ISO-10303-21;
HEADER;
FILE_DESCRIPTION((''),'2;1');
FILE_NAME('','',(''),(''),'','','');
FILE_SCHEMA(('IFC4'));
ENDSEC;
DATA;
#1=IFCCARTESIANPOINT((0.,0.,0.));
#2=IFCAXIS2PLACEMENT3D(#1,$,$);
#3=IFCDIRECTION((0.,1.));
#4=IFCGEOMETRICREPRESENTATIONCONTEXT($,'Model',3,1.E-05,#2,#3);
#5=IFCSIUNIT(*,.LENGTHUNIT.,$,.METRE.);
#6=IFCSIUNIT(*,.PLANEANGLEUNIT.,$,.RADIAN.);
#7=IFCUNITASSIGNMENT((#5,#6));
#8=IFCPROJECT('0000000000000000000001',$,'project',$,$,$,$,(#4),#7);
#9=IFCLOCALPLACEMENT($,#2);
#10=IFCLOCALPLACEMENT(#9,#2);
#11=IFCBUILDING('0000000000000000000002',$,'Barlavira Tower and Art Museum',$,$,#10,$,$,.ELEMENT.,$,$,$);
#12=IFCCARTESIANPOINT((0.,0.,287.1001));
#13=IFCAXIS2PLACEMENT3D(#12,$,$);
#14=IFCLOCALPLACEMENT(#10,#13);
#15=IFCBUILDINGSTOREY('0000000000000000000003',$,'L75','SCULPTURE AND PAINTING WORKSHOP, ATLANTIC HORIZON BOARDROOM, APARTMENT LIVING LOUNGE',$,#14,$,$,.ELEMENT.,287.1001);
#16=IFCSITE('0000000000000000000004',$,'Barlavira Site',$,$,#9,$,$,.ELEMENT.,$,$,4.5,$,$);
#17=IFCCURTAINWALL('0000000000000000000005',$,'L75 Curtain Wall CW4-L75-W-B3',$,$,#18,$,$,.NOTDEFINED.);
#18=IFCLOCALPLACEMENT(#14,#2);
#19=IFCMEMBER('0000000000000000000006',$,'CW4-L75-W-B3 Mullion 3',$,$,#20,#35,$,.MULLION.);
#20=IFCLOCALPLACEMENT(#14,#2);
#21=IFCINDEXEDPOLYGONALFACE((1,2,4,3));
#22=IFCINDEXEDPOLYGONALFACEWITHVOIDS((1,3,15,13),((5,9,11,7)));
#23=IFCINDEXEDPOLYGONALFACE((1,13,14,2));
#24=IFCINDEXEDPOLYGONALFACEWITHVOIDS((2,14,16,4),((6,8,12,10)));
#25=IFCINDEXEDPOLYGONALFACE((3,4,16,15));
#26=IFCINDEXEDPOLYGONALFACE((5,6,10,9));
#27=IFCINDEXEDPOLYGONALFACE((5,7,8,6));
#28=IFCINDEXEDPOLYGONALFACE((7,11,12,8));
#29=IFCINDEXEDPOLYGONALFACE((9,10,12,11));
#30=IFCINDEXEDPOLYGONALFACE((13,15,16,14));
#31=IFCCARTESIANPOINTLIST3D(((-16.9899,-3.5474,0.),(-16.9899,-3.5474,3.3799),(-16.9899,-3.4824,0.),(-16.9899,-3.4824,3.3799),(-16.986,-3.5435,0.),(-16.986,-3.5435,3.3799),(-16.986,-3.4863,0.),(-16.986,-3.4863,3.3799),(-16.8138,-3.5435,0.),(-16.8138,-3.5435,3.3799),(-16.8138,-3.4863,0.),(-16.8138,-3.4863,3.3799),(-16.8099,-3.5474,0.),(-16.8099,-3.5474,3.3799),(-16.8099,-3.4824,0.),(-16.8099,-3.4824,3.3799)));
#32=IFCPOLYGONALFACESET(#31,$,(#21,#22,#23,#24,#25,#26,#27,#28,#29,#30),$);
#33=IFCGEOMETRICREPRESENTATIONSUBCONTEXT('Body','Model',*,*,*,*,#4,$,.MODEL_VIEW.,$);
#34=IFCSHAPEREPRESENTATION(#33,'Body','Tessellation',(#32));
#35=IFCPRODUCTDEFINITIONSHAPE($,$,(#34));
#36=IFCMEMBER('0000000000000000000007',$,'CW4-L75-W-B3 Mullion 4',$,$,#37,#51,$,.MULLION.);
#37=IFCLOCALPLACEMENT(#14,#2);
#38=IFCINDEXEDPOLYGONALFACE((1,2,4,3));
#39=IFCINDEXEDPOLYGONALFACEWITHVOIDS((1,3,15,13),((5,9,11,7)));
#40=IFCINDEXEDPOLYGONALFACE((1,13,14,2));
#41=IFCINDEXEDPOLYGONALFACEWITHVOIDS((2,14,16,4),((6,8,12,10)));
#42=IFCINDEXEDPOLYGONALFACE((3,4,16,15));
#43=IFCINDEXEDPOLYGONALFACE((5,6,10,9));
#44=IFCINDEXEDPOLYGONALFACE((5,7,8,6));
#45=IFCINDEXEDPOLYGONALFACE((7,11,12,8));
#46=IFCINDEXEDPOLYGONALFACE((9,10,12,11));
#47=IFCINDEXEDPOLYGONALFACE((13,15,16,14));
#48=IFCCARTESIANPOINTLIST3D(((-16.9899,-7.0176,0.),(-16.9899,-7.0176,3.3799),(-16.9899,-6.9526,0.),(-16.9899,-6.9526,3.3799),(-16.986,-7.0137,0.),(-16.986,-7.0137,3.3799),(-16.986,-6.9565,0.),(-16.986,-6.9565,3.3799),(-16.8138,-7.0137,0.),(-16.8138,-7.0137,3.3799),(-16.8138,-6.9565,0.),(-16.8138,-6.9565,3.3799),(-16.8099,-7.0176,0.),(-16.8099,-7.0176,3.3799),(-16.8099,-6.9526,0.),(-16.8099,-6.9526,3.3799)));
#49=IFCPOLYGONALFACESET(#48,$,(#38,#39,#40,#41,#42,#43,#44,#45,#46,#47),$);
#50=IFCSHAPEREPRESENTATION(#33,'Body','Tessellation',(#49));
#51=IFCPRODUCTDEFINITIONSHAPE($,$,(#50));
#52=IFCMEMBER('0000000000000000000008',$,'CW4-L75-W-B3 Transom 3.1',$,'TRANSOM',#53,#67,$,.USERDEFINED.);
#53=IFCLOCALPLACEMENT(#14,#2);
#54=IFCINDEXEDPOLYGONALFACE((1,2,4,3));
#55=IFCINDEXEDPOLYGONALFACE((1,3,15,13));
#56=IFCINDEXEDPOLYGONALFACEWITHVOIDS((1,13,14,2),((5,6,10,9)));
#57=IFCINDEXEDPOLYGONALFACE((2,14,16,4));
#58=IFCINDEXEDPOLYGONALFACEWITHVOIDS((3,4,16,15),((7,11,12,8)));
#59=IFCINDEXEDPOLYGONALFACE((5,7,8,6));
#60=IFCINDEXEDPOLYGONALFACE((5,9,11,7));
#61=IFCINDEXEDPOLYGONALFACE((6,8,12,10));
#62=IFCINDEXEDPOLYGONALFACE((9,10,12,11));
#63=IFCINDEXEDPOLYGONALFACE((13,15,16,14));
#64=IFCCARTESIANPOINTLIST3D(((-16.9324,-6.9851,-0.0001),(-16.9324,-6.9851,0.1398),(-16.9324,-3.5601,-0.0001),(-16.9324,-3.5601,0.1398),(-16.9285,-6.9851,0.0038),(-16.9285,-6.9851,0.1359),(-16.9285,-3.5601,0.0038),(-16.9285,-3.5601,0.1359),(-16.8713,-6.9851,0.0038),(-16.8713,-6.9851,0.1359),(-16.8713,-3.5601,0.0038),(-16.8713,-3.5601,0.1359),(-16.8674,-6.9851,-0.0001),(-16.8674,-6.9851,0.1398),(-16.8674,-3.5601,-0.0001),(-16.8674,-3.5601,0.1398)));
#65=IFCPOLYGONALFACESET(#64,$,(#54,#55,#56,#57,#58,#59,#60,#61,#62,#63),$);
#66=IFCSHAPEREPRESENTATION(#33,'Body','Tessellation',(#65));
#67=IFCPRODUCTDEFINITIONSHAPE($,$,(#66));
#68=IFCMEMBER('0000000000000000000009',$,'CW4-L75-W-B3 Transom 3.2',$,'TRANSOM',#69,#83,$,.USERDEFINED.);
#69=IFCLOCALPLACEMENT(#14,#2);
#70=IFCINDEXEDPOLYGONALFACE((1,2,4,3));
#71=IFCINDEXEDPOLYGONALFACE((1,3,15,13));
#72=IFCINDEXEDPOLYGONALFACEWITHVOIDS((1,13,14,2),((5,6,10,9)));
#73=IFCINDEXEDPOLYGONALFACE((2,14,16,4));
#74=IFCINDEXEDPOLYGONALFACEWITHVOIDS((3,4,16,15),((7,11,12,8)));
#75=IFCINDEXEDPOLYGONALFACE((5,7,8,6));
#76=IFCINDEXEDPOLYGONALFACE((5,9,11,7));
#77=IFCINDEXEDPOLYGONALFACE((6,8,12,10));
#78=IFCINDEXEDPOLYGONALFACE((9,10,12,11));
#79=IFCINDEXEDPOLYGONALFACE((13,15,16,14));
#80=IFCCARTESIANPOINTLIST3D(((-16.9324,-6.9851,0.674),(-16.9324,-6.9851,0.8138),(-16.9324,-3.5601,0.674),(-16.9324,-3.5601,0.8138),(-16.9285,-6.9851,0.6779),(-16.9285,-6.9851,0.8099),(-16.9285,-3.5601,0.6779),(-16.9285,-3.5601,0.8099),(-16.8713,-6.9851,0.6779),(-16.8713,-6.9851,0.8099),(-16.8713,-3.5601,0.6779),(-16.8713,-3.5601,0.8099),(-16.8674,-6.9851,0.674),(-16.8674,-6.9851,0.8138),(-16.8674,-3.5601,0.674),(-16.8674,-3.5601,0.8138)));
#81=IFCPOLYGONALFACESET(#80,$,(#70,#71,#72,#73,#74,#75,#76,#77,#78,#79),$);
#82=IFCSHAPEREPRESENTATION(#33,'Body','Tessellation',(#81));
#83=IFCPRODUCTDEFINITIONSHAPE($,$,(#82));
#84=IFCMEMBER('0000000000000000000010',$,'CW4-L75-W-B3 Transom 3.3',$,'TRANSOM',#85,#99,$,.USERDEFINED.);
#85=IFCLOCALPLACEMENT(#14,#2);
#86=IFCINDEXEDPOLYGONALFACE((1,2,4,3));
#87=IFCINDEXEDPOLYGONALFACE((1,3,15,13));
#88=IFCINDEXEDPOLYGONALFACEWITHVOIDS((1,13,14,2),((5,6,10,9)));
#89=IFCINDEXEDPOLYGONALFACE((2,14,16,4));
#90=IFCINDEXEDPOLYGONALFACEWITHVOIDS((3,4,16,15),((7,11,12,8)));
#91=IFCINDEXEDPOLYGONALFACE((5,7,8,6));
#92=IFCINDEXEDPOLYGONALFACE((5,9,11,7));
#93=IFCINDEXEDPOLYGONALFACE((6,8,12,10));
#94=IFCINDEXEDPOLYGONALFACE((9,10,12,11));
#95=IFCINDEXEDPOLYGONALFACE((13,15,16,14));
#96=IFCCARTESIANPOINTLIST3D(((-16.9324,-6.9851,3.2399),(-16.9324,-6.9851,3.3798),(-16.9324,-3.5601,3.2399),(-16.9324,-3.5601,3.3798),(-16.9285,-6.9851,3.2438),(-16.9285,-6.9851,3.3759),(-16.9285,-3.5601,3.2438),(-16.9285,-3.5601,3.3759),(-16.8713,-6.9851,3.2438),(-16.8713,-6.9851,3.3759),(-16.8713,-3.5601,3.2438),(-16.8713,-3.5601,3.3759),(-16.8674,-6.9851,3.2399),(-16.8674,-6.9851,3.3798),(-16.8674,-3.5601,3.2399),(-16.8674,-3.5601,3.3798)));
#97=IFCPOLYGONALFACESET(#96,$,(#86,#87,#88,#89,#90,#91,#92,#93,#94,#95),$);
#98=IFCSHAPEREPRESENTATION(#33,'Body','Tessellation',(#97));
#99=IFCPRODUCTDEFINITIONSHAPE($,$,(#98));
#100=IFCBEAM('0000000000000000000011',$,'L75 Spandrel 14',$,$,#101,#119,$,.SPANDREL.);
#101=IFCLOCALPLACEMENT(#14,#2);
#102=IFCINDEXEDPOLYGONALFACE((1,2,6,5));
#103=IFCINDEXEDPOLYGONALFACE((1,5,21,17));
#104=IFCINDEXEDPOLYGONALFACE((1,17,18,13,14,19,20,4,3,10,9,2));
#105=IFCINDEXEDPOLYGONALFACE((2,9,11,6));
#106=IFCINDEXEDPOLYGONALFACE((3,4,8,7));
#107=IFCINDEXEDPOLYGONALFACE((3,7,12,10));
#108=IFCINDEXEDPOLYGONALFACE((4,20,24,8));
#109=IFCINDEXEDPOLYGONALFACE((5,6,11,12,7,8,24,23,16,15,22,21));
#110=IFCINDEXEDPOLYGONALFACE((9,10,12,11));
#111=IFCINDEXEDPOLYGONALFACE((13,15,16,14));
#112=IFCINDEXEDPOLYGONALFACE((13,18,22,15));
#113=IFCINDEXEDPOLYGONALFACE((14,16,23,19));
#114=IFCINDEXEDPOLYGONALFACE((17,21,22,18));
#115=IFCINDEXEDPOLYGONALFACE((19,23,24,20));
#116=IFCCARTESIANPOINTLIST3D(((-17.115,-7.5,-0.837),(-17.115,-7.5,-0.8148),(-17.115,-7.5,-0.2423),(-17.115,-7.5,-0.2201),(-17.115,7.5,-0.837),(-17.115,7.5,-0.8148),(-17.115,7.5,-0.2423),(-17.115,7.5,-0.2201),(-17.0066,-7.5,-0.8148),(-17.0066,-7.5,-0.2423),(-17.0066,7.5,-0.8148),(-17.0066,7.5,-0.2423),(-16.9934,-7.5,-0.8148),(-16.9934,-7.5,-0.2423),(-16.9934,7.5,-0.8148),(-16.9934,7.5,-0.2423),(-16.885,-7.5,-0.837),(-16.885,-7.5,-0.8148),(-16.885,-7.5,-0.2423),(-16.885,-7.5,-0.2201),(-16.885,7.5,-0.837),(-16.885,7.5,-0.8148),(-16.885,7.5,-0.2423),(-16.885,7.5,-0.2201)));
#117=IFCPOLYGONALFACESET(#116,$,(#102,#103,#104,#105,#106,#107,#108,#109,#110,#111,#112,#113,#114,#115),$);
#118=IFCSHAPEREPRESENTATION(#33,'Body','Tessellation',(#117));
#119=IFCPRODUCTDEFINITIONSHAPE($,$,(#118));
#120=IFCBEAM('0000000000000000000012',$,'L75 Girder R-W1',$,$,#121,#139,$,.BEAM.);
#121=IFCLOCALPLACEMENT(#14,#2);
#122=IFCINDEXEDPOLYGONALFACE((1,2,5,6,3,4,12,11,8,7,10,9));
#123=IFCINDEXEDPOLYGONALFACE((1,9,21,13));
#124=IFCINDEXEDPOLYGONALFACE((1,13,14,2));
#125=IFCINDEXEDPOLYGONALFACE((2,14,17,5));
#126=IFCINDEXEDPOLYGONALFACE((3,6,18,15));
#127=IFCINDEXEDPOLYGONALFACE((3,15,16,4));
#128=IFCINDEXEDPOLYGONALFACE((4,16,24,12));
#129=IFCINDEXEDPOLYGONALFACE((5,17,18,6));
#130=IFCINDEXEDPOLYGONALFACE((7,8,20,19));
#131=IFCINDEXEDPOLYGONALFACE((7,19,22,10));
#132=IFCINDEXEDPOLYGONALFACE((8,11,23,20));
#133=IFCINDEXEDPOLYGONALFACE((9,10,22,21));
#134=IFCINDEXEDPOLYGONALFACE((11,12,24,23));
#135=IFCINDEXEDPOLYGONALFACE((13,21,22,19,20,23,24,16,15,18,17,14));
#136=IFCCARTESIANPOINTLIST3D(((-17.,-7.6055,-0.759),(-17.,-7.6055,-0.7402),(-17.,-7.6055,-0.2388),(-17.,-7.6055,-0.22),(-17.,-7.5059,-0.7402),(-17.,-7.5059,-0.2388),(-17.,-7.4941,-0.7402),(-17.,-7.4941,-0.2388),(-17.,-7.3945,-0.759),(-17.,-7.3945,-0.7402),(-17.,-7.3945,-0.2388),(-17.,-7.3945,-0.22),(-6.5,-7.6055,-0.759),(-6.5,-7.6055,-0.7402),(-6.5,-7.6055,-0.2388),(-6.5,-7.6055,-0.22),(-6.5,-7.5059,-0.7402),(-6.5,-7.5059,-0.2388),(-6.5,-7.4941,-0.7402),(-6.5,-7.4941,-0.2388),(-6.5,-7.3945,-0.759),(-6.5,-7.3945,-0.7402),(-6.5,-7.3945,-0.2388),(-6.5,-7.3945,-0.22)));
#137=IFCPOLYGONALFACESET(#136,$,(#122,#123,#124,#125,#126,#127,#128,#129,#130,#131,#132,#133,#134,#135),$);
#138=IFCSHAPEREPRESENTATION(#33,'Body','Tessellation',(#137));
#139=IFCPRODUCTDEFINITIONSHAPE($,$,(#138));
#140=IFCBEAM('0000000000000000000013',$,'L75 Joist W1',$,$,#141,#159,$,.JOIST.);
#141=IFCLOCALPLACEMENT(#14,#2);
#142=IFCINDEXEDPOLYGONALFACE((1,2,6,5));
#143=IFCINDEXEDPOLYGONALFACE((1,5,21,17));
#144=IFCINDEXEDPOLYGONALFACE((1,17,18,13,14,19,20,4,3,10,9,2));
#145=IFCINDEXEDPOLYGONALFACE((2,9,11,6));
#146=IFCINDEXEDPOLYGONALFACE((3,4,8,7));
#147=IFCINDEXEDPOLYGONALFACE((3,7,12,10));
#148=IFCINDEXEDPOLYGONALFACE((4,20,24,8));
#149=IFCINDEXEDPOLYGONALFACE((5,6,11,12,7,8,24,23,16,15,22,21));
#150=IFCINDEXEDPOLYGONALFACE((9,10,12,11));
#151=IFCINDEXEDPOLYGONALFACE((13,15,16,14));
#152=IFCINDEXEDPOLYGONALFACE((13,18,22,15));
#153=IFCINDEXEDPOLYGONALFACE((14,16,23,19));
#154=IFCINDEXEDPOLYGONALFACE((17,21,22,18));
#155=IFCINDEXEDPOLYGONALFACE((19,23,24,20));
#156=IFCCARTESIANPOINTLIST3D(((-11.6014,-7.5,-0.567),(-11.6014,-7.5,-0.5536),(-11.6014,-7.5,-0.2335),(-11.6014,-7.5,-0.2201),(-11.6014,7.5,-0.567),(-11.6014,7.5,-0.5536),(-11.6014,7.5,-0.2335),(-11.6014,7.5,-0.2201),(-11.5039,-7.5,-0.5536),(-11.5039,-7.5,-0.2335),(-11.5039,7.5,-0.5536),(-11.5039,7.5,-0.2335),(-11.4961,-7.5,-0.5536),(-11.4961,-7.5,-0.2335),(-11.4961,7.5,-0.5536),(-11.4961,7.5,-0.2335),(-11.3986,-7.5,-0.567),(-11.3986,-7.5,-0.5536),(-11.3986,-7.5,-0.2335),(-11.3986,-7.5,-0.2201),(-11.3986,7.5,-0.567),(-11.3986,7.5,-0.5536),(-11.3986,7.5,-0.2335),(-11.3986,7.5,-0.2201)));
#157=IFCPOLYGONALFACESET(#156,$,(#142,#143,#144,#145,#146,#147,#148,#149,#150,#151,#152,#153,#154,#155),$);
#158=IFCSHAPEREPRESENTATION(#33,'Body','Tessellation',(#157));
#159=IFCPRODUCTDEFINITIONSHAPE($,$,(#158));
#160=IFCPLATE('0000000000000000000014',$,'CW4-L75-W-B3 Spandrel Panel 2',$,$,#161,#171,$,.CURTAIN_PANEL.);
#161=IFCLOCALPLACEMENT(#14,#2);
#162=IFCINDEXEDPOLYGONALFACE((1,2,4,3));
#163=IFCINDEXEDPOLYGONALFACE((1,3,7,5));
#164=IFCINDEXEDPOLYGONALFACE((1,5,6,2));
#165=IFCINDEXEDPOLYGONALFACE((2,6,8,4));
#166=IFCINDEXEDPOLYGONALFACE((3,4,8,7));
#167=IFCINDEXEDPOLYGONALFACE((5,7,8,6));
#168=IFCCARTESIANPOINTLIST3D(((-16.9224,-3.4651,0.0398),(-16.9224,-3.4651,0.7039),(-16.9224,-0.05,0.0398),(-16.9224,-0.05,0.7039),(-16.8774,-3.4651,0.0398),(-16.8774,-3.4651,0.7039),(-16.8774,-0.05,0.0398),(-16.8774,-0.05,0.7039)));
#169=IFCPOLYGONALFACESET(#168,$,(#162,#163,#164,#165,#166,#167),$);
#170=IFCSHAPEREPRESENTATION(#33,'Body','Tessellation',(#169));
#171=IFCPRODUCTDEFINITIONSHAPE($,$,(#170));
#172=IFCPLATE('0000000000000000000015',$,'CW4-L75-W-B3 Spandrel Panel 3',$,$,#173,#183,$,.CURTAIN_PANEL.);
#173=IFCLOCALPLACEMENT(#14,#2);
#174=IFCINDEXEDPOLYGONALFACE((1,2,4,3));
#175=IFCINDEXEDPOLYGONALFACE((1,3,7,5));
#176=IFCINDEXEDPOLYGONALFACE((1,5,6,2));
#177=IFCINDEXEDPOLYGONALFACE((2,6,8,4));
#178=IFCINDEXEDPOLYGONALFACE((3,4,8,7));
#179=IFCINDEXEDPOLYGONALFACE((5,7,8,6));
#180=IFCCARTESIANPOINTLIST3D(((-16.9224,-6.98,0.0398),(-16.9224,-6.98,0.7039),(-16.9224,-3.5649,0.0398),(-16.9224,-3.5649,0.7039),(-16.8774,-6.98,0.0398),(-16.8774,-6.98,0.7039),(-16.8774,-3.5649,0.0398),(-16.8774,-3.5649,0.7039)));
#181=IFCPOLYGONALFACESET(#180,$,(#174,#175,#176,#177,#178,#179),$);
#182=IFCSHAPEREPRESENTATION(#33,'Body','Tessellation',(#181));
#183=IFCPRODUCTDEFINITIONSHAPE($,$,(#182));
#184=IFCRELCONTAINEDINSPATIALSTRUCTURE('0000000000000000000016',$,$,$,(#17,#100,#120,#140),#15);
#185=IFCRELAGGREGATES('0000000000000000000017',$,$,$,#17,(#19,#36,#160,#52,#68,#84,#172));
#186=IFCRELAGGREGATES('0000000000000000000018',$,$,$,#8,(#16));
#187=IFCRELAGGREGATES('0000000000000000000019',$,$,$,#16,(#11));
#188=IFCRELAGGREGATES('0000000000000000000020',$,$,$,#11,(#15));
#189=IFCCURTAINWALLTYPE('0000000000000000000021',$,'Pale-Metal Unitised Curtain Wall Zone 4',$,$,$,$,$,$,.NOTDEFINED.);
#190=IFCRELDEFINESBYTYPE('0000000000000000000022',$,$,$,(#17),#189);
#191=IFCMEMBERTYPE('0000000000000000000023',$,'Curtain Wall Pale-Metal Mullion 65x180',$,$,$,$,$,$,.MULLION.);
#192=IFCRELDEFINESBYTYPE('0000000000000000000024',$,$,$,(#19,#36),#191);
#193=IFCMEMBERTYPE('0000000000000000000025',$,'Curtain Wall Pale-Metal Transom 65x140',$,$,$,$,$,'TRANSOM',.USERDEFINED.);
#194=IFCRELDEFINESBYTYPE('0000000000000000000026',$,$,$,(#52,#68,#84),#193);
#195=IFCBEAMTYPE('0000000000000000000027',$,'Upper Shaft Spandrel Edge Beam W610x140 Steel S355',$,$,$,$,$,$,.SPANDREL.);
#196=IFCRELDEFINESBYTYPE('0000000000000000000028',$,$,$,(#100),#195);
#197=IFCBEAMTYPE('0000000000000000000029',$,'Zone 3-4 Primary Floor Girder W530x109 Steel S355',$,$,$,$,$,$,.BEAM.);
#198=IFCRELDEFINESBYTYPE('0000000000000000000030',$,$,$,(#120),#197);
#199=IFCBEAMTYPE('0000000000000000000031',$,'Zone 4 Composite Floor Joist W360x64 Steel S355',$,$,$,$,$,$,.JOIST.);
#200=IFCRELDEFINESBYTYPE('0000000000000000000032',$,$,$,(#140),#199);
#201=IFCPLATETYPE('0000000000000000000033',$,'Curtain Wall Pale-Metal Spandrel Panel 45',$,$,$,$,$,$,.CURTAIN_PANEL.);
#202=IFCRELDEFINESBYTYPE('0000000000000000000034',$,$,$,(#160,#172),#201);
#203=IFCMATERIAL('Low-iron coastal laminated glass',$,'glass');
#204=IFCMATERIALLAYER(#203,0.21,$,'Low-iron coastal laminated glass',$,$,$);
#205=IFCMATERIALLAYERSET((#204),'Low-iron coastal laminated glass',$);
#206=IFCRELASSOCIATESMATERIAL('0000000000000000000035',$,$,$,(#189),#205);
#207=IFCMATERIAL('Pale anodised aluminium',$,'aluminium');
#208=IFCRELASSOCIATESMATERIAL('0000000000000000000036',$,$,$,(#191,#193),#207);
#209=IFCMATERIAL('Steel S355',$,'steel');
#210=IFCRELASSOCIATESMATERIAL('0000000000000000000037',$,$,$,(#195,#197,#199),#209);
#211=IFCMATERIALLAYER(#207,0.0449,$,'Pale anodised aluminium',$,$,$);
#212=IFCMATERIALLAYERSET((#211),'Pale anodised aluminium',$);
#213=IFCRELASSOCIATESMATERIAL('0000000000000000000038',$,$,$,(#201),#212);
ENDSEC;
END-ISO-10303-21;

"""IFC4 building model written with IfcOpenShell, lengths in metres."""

from ifc_helpers import new_model, si_unit, direction, frame, origin, origin_2d, place, context, subcontext, project, spatial, rectangle, hollow_rectangle, i_section, extrude, material, layer, layer_set, material_profile, profile_set, type_object, element, aggregate, save


model = new_model("IFC4")

# Units and contexts
model_context = context("Model", 3, precision=1e-05, world=origin(), true_north=direction((0.0, 1.0)))
body_context = subcontext(model_context, "Body", "Model", "MODEL_VIEW")
ifc_project = project(units=[si_unit("LENGTHUNIT", "METRE"), si_unit("PLANEANGLEUNIT", "RADIAN")], contexts=[model_context])

# Site, building, storey
site_placement = place(None, origin())
site = spatial("IfcSite", under=ifc_project, at=site_placement, Name="Barlavira Site", CompositionType="ELEMENT", RefElevation=4.5)
building_placement = place(site_placement, origin())
building = spatial("IfcBuilding", under=site, at=building_placement, Name="Barlavira Tower and Art Museum", CompositionType="ELEMENT")
storey_placement = place(building_placement, frame((0.0, 0.0, 287.1001)))
storey = spatial("IfcBuildingStorey", under=building, at=storey_placement, Name="L75", Description="SCULPTURE AND PAINTING WORKSHOP, ATLANTIC HORIZON BOARDROOM, APARTMENT LIVING LOUNGE", CompositionType="ELEMENT", Elevation=287.1001)

# Curtain wall, members
ifc_material_1 = material(Name="Low-iron coastal laminated glass", Category="glass")
ifc_layer_1 = layer(ifc_material_1, 0.21, Name="Low-iron coastal laminated glass")
ifc_layer_set_1 = layer_set([ifc_layer_1], Name="Low-iron coastal laminated glass")
curtain_wall_type = type_object("IfcCurtainWallType", Name="Pale-Metal Unitised Curtain Wall Zone 4", PredefinedType="NOTDEFINED", material=ifc_layer_set_1)
curtain_wall_placement = place(storey_placement, origin())
curtain_wall = element("IfcCurtainWall", 1, at=curtain_wall_placement, inside=storey, type_object=curtain_wall_type, Name="L75 Curtain Wall CW4-L75-W-B3", PredefinedType="NOTDEFINED")
ifc_material_2 = material(Name="Pale anodised aluminium", Category="aluminium")
ifc_material_profile_1 = material_profile(ifc_material_2, hollow_rectangle(XDim=0.0649, YDim=0.1799, WallThickness=0.0039, at=origin_2d()), Name="ALU-MULL 65x180x4")
ifc_profile_set_1 = profile_set([ifc_material_profile_1], Name="Pale anodised aluminium")
member_type_1 = type_object("IfcMemberType", Name="Curtain Wall Pale-Metal Mullion 65x180", PredefinedType="MULLION", material=ifc_profile_set_1)
member_1_placement = place(storey_placement, frame((-16.8999, -3.5149, 0.0), z_axis=(0.0, 0.0, 1.0), x_axis=(0.0, -1.0, 0.0)))
member_1 = element("IfcMember", 2, at=member_1_placement, type_object=member_type_1, Name="CW4-L75-W-B3 Mullion 3", PredefinedType="MULLION", context=body_context, shape_type="SweptSolid", body=[
    extrude(hollow_rectangle(XDim=0.0649, YDim=0.1799, WallThickness=0.0039, at=origin_2d()), origin(), (0.0, 0.0, 1.0), 3.3799),
])
member_2_placement = place(storey_placement, frame((-16.8999, -6.9851, 0.0), z_axis=(0.0, 0.0, 1.0), x_axis=(0.0, -1.0, 0.0)))
member_2 = element("IfcMember", 3, at=member_2_placement, type_object=member_type_1, Name="CW4-L75-W-B3 Mullion 4", PredefinedType="MULLION", context=body_context, shape_type="SweptSolid", body=[
    extrude(hollow_rectangle(XDim=0.0649, YDim=0.1799, WallThickness=0.0039, at=origin_2d()), origin(), (0.0, 0.0, 1.0), 3.3799),
])
ifc_material_profile_2 = material_profile(ifc_material_2, hollow_rectangle(XDim=0.0649, YDim=0.1399, WallThickness=0.0039, at=origin_2d()), Name="ALU-TRAN 65x140x4")
ifc_profile_set_2 = profile_set([ifc_material_profile_2], Name="Pale anodised aluminium")
member_type_2 = type_object("IfcMemberType", Name="Curtain Wall Pale-Metal Transom 65x140", ElementType="TRANSOM", PredefinedType="USERDEFINED", material=ifc_profile_set_2)
member_3_placement = place(storey_placement, frame((-16.8999, -3.5601, 0.0698), z_axis=(0.0, -1.0, 0.0), x_axis=(1.0, 0.0, 0.0)))
member_3 = element("IfcMember", 4, at=member_3_placement, type_object=member_type_2, Name="CW4-L75-W-B3 Transom 3.1", ObjectType="TRANSOM", PredefinedType="USERDEFINED", context=body_context, shape_type="SweptSolid", body=[
    extrude(hollow_rectangle(XDim=0.0649, YDim=0.1399, WallThickness=0.0039, at=origin_2d()), origin(), (0.0, 0.0, 1.0), 3.425),
])
member_4_placement = place(storey_placement, frame((-16.8999, -3.5601, 0.7439), z_axis=(0.0, -1.0, 0.0), x_axis=(1.0, 0.0, 0.0)))
member_4 = element("IfcMember", 5, at=member_4_placement, type_object=member_type_2, Name="CW4-L75-W-B3 Transom 3.2", ObjectType="TRANSOM", PredefinedType="USERDEFINED", context=body_context, shape_type="SweptSolid", body=[
    extrude(hollow_rectangle(XDim=0.0649, YDim=0.1399, WallThickness=0.0039, at=origin_2d()), origin(), (0.0, 0.0, 1.0), 3.425),
])
member_5_placement = place(storey_placement, frame((-16.8999, -3.5601, 3.3098), z_axis=(0.0, -1.0, 0.0), x_axis=(1.0, 0.0, 0.0)))
member_5 = element("IfcMember", 6, at=member_5_placement, type_object=member_type_2, Name="CW4-L75-W-B3 Transom 3.3", ObjectType="TRANSOM", PredefinedType="USERDEFINED", context=body_context, shape_type="SweptSolid", body=[
    extrude(hollow_rectangle(XDim=0.0649, YDim=0.1399, WallThickness=0.0039, at=origin_2d()), origin(), (0.0, 0.0, 1.0), 3.425),
])

# Beams
ifc_material_3 = material(Name="Steel S355", Category="steel")
ifc_material_profile_3 = material_profile(ifc_material_3, i_section(OverallWidth=0.23, OverallDepth=0.6169, WebThickness=0.0132, FlangeThickness=0.0222, at=origin_2d()), Name="W610x140.0")
ifc_profile_set_3 = profile_set([ifc_material_profile_3], Name="Steel S355")
beam_type_1 = type_object("IfcBeamType", Name="Upper Shaft Spandrel Edge Beam W610x140 Steel S355", PredefinedType="SPANDREL", material=ifc_profile_set_3)
beam_1_placement = place(storey_placement, frame((-17.0, -7.5, -0.5286), z_axis=(0.0, 1.0, 0.0), x_axis=(-1.0, 0.0, 0.0)))
element("IfcBeam", 7, at=beam_1_placement, inside=storey, type_object=beam_type_1, Name="L75 Spandrel 14", PredefinedType="SPANDREL", context=body_context, shape_type="SweptSolid", body=[
    extrude(i_section(OverallWidth=0.23, OverallDepth=0.6169, WebThickness=0.0132, FlangeThickness=0.0222, at=origin_2d()), origin(), (0.0, 0.0, 1.0), 15.0),
])
ifc_material_profile_4 = material_profile(ifc_material_3, i_section(OverallWidth=0.2109, OverallDepth=0.5391, WebThickness=0.0117, FlangeThickness=0.0188, at=origin_2d()), Name="W530x109.0")
ifc_profile_set_4 = profile_set([ifc_material_profile_4], Name="Steel S355")
beam_type_2 = type_object("IfcBeamType", Name="Zone 3-4 Primary Floor Girder W530x109 Steel S355", PredefinedType="BEAM", material=ifc_profile_set_4)
beam_2_placement = place(storey_placement, frame((-17.0, -7.5, -0.4895), z_axis=(1.0, 0.0, 0.0), x_axis=(0.0, 1.0, 0.0)))
element("IfcBeam", 8, at=beam_2_placement, inside=storey, type_object=beam_type_2, Name="L75 Girder R-W1", PredefinedType="BEAM", context=body_context, shape_type="SweptSolid", body=[
    extrude(i_section(OverallWidth=0.2109, OverallDepth=0.5391, WebThickness=0.0117, FlangeThickness=0.0188, at=origin_2d()), origin(), (0.0, 0.0, 1.0), 10.5),
])
ifc_material_profile_5 = material_profile(ifc_material_3, i_section(OverallWidth=0.2029, OverallDepth=0.3469, WebThickness=0.0078, FlangeThickness=0.0134, at=origin_2d()), Name="W360x64.0")
ifc_profile_set_5 = profile_set([ifc_material_profile_5], Name="Steel S355")
beam_type_3 = type_object("IfcBeamType", Name="Zone 4 Composite Floor Joist W360x64 Steel S355", PredefinedType="JOIST", material=ifc_profile_set_5)
beam_3_placement = place(storey_placement, frame((-11.5, -7.5, -0.3936), z_axis=(0.0, 1.0, 0.0), x_axis=(-1.0, 0.0, 0.0)))
element("IfcBeam", 9, at=beam_3_placement, inside=storey, type_object=beam_type_3, Name="L75 Joist W1", PredefinedType="JOIST", context=body_context, shape_type="SweptSolid", body=[
    extrude(i_section(OverallWidth=0.2029, OverallDepth=0.3469, WebThickness=0.0078, FlangeThickness=0.0134, at=origin_2d()), origin(), (0.0, 0.0, 1.0), 15.0),
])

# Plates
ifc_layer_2 = layer(ifc_material_2, 0.0449, Name="Pale anodised aluminium")
ifc_layer_set_2 = layer_set([ifc_layer_2], Name="Pale anodised aluminium")
plate_type_1 = type_object("IfcPlateType", Name="Curtain Wall Pale-Metal Spandrel Panel 45", PredefinedType="CURTAIN_PANEL", material=ifc_layer_set_2)
plate_1_placement = place(storey_placement, frame((-16.8999, -1.7576, 0.0398), z_axis=(0.0, 0.0, 1.0), x_axis=(0.0, -1.0, 0.0)))
plate_1 = element("IfcPlate", 10, at=plate_1_placement, type_object=plate_type_1, Name="CW4-L75-W-B3 Spandrel Panel 2", PredefinedType="CURTAIN_PANEL", context=body_context, shape_type="SweptSolid", body=[
    extrude(rectangle(XDim=3.415, YDim=0.0449, at=origin_2d()), origin(), (0.0, 0.0, 1.0), 0.6641),
])
plate_2_placement = place(storey_placement, frame((-16.8999, -5.2725, 0.0398), z_axis=(0.0, 0.0, 1.0), x_axis=(0.0, -1.0, 0.0)))
plate_2 = element("IfcPlate", 11, at=plate_2_placement, type_object=plate_type_1, Name="CW4-L75-W-B3 Spandrel Panel 3", PredefinedType="CURTAIN_PANEL", context=body_context, shape_type="SweptSolid", body=[
    extrude(rectangle(XDim=3.415, YDim=0.0449, at=origin_2d()), origin(), (0.0, 0.0, 1.0), 0.6641),
])
aggregate(curtain_wall, [member_1, member_2, plate_1, member_3, member_4, member_5, plate_2])

save(model, "model.ifc")
